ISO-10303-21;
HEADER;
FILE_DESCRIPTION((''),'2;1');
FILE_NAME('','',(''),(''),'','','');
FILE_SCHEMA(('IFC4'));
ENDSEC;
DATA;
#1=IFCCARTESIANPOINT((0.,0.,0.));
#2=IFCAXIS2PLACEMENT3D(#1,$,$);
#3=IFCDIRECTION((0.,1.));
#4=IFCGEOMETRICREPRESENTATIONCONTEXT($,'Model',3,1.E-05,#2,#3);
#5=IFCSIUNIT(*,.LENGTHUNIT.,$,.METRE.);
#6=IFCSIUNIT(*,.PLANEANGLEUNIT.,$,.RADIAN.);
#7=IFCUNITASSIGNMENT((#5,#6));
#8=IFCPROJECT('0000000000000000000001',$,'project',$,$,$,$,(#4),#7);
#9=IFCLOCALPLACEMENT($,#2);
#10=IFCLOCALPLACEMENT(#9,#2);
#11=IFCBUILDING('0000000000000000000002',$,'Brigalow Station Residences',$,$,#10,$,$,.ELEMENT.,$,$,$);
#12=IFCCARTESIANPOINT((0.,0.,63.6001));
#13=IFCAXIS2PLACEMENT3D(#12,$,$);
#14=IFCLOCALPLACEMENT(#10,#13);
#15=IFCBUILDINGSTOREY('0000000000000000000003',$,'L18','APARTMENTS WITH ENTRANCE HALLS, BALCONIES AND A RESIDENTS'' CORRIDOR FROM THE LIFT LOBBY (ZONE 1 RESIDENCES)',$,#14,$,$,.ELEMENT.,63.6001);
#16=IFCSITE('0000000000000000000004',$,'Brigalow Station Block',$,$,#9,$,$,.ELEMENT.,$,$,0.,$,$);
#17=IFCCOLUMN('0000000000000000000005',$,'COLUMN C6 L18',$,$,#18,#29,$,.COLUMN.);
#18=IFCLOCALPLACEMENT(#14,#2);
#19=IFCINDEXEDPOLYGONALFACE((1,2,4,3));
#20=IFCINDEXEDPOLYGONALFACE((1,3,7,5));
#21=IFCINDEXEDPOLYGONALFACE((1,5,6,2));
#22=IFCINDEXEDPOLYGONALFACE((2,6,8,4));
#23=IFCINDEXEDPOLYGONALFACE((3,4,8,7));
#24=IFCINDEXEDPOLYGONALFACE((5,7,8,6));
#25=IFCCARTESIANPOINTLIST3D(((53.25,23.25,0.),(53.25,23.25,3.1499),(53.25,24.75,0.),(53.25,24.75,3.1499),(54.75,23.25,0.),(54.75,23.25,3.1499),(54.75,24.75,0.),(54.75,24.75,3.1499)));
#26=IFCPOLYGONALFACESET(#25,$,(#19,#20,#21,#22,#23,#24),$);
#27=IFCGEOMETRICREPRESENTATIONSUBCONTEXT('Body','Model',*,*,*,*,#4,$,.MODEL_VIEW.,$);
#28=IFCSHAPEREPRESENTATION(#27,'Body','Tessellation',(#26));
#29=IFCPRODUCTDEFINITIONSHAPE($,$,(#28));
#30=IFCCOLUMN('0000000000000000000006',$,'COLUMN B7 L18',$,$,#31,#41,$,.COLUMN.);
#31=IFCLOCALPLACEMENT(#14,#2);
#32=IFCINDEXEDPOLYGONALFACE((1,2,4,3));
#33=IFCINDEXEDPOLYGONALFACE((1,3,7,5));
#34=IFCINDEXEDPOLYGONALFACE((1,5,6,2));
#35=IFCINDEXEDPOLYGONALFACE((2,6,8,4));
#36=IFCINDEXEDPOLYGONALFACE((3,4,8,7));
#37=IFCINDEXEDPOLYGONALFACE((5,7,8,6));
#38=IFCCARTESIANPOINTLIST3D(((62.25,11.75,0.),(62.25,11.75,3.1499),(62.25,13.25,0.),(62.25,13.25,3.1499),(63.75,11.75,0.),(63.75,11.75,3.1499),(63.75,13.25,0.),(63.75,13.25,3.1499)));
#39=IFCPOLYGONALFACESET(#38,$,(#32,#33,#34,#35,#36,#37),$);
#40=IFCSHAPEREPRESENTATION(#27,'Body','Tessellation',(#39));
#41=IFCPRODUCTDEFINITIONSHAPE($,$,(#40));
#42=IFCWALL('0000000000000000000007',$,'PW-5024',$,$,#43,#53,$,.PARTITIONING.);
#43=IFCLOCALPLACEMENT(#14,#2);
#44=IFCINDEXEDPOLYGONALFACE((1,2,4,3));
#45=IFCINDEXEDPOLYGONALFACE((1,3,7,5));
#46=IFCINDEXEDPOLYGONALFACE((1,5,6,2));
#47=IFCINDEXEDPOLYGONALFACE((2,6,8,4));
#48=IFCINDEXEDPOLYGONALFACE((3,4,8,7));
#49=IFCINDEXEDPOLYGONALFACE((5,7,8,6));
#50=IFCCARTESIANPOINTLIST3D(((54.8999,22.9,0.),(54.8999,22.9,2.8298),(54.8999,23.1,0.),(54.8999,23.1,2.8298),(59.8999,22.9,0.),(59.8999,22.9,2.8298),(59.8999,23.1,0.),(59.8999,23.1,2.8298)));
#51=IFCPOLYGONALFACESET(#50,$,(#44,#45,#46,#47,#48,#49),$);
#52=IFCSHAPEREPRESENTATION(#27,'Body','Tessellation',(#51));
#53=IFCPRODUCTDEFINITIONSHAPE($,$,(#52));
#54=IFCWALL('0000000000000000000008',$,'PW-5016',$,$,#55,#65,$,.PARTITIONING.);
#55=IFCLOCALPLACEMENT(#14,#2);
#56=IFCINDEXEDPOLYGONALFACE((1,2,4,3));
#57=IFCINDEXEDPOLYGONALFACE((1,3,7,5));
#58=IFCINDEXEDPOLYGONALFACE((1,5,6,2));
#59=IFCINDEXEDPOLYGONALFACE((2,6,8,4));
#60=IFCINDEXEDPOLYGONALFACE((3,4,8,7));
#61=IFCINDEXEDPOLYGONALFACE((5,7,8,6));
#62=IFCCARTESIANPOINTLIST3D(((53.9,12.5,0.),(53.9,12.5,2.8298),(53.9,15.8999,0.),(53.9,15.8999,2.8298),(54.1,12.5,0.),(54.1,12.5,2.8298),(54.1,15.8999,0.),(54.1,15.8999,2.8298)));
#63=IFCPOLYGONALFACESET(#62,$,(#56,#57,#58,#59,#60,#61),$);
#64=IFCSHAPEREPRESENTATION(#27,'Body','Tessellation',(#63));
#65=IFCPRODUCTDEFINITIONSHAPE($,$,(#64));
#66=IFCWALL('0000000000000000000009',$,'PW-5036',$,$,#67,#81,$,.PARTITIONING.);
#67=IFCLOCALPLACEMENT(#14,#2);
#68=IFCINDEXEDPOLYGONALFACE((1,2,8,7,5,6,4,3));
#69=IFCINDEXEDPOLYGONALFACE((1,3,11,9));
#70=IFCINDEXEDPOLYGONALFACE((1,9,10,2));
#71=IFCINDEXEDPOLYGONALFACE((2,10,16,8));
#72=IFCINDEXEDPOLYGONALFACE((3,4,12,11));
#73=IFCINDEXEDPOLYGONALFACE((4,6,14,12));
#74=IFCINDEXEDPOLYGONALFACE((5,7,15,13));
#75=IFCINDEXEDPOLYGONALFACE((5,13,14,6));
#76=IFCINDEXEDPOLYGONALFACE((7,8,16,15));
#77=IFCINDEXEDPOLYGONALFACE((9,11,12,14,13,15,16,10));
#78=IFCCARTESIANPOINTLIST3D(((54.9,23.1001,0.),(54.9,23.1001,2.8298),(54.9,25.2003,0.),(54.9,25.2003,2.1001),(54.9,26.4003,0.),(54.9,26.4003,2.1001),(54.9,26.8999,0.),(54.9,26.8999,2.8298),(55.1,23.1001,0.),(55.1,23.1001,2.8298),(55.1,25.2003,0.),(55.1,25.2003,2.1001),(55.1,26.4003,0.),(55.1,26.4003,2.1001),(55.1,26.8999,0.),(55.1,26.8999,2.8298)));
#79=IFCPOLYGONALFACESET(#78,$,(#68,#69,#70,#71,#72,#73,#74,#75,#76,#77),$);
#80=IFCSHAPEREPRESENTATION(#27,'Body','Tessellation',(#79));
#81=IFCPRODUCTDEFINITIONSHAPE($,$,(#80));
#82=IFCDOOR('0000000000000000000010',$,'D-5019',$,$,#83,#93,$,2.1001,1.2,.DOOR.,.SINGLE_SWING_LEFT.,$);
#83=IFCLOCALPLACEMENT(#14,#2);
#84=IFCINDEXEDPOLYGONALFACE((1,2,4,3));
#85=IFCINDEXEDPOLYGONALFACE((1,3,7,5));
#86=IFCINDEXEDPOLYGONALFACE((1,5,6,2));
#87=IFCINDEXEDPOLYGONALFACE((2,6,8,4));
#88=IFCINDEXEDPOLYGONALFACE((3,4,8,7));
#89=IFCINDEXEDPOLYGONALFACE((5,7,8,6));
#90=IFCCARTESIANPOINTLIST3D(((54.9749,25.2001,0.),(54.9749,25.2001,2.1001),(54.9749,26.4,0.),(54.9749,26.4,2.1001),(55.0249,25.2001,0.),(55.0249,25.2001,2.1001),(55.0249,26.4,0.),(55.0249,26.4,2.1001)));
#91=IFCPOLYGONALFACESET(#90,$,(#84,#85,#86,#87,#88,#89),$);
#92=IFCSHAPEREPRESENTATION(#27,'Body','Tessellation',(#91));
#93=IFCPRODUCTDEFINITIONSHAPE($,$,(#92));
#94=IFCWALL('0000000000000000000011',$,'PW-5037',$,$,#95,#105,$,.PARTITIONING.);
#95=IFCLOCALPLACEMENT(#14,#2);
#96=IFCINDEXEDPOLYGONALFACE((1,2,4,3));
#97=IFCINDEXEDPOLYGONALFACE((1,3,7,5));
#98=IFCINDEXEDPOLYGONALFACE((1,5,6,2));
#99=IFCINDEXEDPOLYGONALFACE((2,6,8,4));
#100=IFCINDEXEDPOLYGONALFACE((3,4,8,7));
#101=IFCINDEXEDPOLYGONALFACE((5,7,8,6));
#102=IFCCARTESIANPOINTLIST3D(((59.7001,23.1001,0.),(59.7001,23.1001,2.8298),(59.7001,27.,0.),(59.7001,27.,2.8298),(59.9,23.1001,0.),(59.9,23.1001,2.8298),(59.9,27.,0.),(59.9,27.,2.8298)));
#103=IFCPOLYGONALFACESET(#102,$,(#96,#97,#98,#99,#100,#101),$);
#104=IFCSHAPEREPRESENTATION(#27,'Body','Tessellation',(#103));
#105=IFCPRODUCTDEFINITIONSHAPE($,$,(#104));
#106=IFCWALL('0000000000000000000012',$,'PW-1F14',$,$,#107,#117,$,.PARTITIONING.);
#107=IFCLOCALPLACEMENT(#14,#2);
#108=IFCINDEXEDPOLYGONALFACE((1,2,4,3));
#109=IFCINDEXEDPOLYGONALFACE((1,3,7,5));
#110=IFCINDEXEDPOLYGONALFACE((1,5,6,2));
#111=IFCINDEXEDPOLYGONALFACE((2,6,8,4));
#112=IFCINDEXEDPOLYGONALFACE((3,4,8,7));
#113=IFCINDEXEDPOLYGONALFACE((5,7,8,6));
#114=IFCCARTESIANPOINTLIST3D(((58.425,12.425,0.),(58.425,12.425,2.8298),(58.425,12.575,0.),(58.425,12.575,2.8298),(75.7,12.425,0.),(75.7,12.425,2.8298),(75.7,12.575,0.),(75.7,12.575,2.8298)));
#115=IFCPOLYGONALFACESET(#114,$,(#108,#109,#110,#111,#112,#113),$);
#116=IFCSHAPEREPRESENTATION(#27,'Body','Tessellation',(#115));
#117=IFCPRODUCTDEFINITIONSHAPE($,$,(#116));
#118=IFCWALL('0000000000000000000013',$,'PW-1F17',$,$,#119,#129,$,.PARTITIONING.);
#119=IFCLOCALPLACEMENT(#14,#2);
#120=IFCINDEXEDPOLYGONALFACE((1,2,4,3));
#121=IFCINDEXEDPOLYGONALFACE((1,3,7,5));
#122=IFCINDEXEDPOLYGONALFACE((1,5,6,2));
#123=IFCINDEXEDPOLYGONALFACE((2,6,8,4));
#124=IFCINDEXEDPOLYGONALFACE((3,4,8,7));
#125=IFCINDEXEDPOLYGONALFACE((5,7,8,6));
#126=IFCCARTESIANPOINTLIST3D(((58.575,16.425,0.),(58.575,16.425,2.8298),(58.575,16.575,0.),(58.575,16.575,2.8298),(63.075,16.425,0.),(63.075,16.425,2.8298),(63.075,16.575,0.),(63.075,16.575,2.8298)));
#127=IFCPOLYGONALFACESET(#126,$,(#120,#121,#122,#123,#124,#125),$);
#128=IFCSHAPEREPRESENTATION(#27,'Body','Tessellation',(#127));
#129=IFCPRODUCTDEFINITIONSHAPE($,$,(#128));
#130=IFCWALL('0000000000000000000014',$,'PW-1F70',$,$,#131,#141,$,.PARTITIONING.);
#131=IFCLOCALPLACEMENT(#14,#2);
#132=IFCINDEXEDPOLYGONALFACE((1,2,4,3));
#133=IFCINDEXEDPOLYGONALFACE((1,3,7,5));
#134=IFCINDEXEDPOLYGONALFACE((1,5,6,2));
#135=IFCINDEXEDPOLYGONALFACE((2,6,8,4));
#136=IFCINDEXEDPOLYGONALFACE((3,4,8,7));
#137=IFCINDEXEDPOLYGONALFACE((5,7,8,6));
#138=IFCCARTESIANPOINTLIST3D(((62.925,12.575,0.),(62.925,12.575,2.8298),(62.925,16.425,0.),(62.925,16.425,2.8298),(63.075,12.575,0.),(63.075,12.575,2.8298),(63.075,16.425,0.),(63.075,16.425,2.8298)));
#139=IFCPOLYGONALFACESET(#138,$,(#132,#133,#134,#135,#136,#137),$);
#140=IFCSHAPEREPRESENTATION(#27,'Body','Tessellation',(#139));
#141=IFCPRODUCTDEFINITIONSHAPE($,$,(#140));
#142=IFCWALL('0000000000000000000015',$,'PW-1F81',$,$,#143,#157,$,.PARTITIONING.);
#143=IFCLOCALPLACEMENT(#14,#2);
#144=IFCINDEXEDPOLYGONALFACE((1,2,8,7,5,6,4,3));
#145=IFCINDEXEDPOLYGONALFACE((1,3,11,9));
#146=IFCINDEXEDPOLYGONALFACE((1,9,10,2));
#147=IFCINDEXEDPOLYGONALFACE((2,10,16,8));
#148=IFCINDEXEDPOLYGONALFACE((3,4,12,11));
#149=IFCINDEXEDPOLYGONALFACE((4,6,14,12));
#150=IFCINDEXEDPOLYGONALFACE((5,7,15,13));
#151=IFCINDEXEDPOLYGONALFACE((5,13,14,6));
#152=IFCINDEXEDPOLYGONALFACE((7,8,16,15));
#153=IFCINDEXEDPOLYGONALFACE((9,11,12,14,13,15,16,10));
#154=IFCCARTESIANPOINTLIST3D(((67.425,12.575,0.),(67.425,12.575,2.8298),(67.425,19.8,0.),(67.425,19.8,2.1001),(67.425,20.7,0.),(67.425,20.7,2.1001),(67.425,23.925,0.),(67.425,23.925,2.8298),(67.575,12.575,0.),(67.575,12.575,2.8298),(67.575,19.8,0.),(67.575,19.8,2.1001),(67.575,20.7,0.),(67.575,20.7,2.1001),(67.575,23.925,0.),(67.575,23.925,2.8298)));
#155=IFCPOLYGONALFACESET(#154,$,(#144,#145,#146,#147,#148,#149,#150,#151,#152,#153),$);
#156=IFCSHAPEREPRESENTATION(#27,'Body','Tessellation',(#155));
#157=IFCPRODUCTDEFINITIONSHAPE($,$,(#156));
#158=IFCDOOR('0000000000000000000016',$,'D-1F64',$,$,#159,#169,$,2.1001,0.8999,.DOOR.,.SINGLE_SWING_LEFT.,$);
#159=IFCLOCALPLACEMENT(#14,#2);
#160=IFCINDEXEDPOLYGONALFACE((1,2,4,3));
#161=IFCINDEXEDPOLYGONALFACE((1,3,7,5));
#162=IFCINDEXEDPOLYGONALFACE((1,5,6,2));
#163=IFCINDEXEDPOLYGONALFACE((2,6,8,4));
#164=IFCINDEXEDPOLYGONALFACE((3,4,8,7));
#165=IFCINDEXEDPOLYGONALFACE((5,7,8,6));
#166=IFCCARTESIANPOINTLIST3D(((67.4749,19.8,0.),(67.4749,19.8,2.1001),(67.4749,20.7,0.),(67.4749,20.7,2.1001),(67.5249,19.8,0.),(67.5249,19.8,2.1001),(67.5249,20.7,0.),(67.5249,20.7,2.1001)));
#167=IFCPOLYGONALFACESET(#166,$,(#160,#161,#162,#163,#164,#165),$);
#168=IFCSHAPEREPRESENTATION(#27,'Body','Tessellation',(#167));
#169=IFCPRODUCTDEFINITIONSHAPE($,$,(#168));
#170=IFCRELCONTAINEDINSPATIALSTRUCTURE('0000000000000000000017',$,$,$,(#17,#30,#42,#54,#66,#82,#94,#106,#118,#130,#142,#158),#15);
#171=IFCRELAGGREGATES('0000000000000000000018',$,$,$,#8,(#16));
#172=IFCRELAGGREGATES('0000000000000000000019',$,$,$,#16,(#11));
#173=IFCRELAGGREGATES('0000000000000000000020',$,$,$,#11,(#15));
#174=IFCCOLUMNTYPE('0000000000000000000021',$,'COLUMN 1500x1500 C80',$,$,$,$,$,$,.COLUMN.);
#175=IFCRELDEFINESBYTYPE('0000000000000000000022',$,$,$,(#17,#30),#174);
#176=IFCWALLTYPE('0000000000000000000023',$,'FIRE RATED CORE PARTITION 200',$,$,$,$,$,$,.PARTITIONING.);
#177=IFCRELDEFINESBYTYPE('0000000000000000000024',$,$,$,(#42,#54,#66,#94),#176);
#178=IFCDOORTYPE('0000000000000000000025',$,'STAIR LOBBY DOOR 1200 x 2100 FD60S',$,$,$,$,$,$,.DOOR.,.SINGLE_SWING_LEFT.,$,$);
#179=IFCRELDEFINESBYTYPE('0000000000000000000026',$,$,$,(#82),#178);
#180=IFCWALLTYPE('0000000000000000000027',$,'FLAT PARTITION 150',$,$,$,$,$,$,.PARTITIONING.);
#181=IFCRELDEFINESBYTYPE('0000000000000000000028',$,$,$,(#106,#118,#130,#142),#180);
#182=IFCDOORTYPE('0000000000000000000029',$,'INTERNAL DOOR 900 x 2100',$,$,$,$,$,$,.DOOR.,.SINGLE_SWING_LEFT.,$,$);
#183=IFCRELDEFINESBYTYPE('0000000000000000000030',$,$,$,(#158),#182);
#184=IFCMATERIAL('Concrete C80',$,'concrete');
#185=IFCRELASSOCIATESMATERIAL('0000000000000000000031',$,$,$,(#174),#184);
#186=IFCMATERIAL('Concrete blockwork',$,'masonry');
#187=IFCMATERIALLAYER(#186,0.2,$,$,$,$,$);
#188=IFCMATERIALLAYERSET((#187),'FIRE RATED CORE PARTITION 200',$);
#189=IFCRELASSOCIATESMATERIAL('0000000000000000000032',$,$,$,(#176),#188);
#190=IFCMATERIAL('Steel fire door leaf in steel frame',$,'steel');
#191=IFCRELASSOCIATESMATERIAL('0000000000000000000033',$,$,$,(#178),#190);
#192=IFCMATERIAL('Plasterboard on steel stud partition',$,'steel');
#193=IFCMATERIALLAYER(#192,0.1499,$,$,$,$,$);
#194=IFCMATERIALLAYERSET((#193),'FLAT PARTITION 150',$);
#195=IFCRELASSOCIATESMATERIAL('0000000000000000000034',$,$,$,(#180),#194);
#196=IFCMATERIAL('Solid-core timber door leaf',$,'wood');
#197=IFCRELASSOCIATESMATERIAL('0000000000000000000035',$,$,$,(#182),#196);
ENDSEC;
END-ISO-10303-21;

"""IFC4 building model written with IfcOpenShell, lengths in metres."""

from ifc_helpers import new_model, si_unit, direction, frame, frame_2d, origin, origin_2d, place, context, subcontext, project, spatial, rectangle, extrude, material, layer, layer_set, material_profile, profile_set, type_object, element, fill, save


model = new_model("IFC4")

# Units and contexts
model_context = context("Model", 3, precision=1e-05, world=origin(), true_north=direction((0.0, 1.0)))
body_context = subcontext(model_context, "Body", "Model", "MODEL_VIEW")
ifc_project = project(units=[si_unit("LENGTHUNIT", "METRE"), si_unit("PLANEANGLEUNIT", "RADIAN")], contexts=[model_context])

# Site, building, storey
site_placement = place(None, origin())
site = spatial("IfcSite", under=ifc_project, at=site_placement, Name="Brigalow Station Block", CompositionType="ELEMENT", RefElevation=0.0)
building_placement = place(site_placement, origin())
building = spatial("IfcBuilding", under=site, at=building_placement, Name="Brigalow Station Residences", CompositionType="ELEMENT")
storey_placement = place(building_placement, frame((0.0, 0.0, 63.6001)))
storey = spatial("IfcBuildingStorey", under=building, at=storey_placement, Name="L18", Description="APARTMENTS WITH ENTRANCE HALLS, BALCONIES AND A RESIDENTS' CORRIDOR FROM THE LIFT LOBBY (ZONE 1 RESIDENCES)", CompositionType="ELEMENT", Elevation=63.6001)

# Columns
ifc_material_1 = material(Name="Concrete C80", Category="concrete")
ifc_material_profile = material_profile(ifc_material_1, rectangle(XDim=1.5, YDim=1.5, at=origin_2d()), Name="RC1500x1500")
ifc_profile_set = profile_set([ifc_material_profile], Name="Concrete C80")
column_type = type_object("IfcColumnType", Name="COLUMN 1500x1500 C80", PredefinedType="COLUMN", material=ifc_profile_set)
for number, where, z_axis, x_axis, name in (
    (1, (54.0, 24.0, 0.0), (0.0, 0.0, 1.0), (1.0, 0.0, 0.0), "COLUMN C6 L18"),
    (2, (63.0, 12.5, 0.0), (0.0, 0.0, 1.0), (1.0, 0.0, 0.0), "COLUMN B7 L18"),
):
    element("IfcColumn", number, at=place(storey_placement, frame(where, z_axis=z_axis, x_axis=x_axis)), inside=storey, type_object=column_type, Name=name, PredefinedType="COLUMN", context=body_context, shape_type="SweptSolid", body=[
        extrude(rectangle(XDim=1.5, YDim=1.5, at=origin_2d()), origin(), (0.0, 0.0, 1.0), 3.1499),
    ])

# Walls
ifc_material_2 = material(Name="Concrete blockwork", Category="masonry")
ifc_layer_1 = layer(ifc_material_2, 0.2)
ifc_layer_set_1 = layer_set([ifc_layer_1], Name="FIRE RATED CORE PARTITION 200")
wall_type_1 = type_object("IfcWallType", Name="FIRE RATED CORE PARTITION 200", PredefinedType="PARTITIONING", material=ifc_layer_set_1)
wall_1_placement = place(storey_placement, frame((54.8999, 23.0, 0.0), z_axis=(0.0, 0.0, 1.0), x_axis=(1.0, 0.0, 0.0)))
element("IfcWall", 3, at=wall_1_placement, inside=storey, type_object=wall_type_1, Name="PW-5024", PredefinedType="PARTITIONING", context=body_context, shape_type="SweptSolid", body=[
    extrude(rectangle(XDim=5.0, YDim=0.2, at=frame_2d((2.5, 0.0))), origin(), (0.0, 0.0, 1.0), 2.8298),
])
wall_2_placement = place(storey_placement, frame((54.0, 12.5, 0.0), z_axis=(0.0, 0.0, 1.0), x_axis=(0.0, 1.0, 0.0)))
element("IfcWall", 4, at=wall_2_placement, inside=storey, type_object=wall_type_1, Name="PW-5016", PredefinedType="PARTITIONING", context=body_context, shape_type="SweptSolid", body=[
    extrude(rectangle(XDim=3.3999, YDim=0.2, at=frame_2d((1.7, 0.0))), origin(), (0.0, 0.0, 1.0), 2.8298),
])

# Wall, opening, door
wall_3_placement = place(storey_placement, frame((55.0, 23.1001, 0.0), z_axis=(0.0, 0.0, 1.0), x_axis=(0.0, 1.0, 0.0)))
wall_3 = element("IfcWall", 5, at=wall_3_placement, inside=storey, type_object=wall_type_1, Name="PW-5036", PredefinedType="PARTITIONING", context=body_context, shape_type="SweptSolid", body=[
    extrude(rectangle(XDim=3.7998, YDim=0.2, at=frame_2d((1.8999, 0.0))), origin(), (0.0, 0.0, 1.0), 2.8298),
])
opening_1_placement = place(wall_3_placement, frame((2.1001, 0.0, 0.0)))
opening_1 = element("IfcOpeningElement", 6, at=opening_1_placement, cuts=wall_3, PredefinedType="OPENING", context=body_context, shape_type="SweptSolid", body=[
    extrude(rectangle(XDim=1.2, YDim=2.1001, at=frame_2d((0.6001, 1.05))), frame((0.0, 0.1099, 0.0), z_axis=(0.0, -1.0, 0.0), x_axis=(1.0, 0.0, 0.0)), (0.0, 0.0, 1.0), 0.22),
])
ifc_material_3 = material(Name="Steel fire door leaf in steel frame", Category="steel")
door_type_1 = type_object("IfcDoorType", Name="STAIR LOBBY DOOR 1200 x 2100 FD60S", OperationType="SINGLE_SWING_LEFT", PredefinedType="DOOR", material=ifc_material_3)
door_1_placement = place(opening_1_placement, frame((1.2, 0.0, 0.0), z_axis=(0.0, 0.0, 1.0), x_axis=(-1.0, 0.0, 0.0)))
door_1 = element("IfcDoor", 7, at=door_1_placement, inside=storey, type_object=door_type_1, Name="D-5019", OperationType="SINGLE_SWING_LEFT", OverallHeight=2.1001, OverallWidth=1.2, PredefinedType="DOOR", context=body_context, shape_type="SweptSolid", body=[
    extrude(rectangle(XDim=1.2, YDim=2.1001, at=frame_2d((0.6001, 1.05))), frame((0.0, 0.0249, 0.0), z_axis=(0.0, -1.0, 0.0), x_axis=(1.0, 0.0, 0.0)), (0.0, 0.0, 1.0), 0.05),
])
fill(opening_1, door_1)

# Walls
wall_4_placement = place(storey_placement, frame((59.8, 23.1001, 0.0), z_axis=(0.0, 0.0, 1.0), x_axis=(0.0, 1.0, 0.0)))
element("IfcWall", 8, at=wall_4_placement, inside=storey, type_object=wall_type_1, Name="PW-5037", PredefinedType="PARTITIONING", context=body_context, shape_type="SweptSolid", body=[
    extrude(rectangle(XDim=3.8999, YDim=0.2, at=frame_2d((1.95, 0.0))), origin(), (0.0, 0.0, 1.0), 2.8298),
])
ifc_material_4 = material(Name="Plasterboard on steel stud partition", Category="steel")
ifc_layer_2 = layer(ifc_material_4, 0.1499)
ifc_layer_set_2 = layer_set([ifc_layer_2], Name="FLAT PARTITION 150")
wall_type_2 = type_object("IfcWallType", Name="FLAT PARTITION 150", PredefinedType="PARTITIONING", material=ifc_layer_set_2)
wall_5_placement = place(storey_placement, frame((58.425, 12.5, 0.0), z_axis=(0.0, 0.0, 1.0), x_axis=(1.0, 0.0, 0.0)))
element("IfcWall", 9, at=wall_5_placement, inside=storey, type_object=wall_type_2, Name="PW-1F14", PredefinedType="PARTITIONING", context=body_context, shape_type="SweptSolid", body=[
    extrude(rectangle(XDim=17.2749, YDim=0.1499, at=frame_2d((8.6375, 0.0))), origin(), (0.0, 0.0, 1.0), 2.8298),
])
wall_6_placement = place(storey_placement, frame((58.575, 16.5, 0.0), z_axis=(0.0, 0.0, 1.0), x_axis=(1.0, 0.0, 0.0)))
element("IfcWall", 10, at=wall_6_placement, inside=storey, type_object=wall_type_2, Name="PW-1F17", PredefinedType="PARTITIONING", context=body_context, shape_type="SweptSolid", body=[
    extrude(rectangle(XDim=4.5, YDim=0.1499, at=frame_2d((2.25, 0.0))), origin(), (0.0, 0.0, 1.0), 2.8298),
])
wall_7_placement = place(storey_placement, frame((63.0, 12.575, 0.0), z_axis=(0.0, 0.0, 1.0), x_axis=(0.0, 1.0, 0.0)))
element("IfcWall", 11, at=wall_7_placement, inside=storey, type_object=wall_type_2, Name="PW-1F70", PredefinedType="PARTITIONING", context=body_context, shape_type="SweptSolid", body=[
    extrude(rectangle(XDim=3.8501, YDim=0.1499, at=frame_2d((1.925, 0.0))), origin(), (0.0, 0.0, 1.0), 2.8298),
])

# Wall, opening, door
wall_8_placement = place(storey_placement, frame((67.5, 12.575, 0.0), z_axis=(0.0, 0.0, 1.0), x_axis=(0.0, 1.0, 0.0)))
wall_8 = element("IfcWall", 12, at=wall_8_placement, inside=storey, type_object=wall_type_2, Name="PW-1F81", PredefinedType="PARTITIONING", context=body_context, shape_type="SweptSolid", body=[
    extrude(rectangle(XDim=11.3501, YDim=0.1499, at=frame_2d((5.675, 0.0))), origin(), (0.0, 0.0, 1.0), 2.8298),
])
opening_2_placement = place(wall_8_placement, frame((7.2251, 0.0, 0.0)))
opening_2 = element("IfcOpeningElement", 13, at=opening_2_placement, cuts=wall_8, PredefinedType="OPENING", context=body_context, shape_type="SweptSolid", body=[
    extrude(rectangle(XDim=0.8999, YDim=2.1001, at=frame_2d((0.45, 1.05))), frame((0.0, 0.085, 0.0), z_axis=(0.0, -1.0, 0.0), x_axis=(1.0, 0.0, 0.0)), (0.0, 0.0, 1.0), 0.1699),
])
ifc_material_5 = material(Name="Solid-core timber door leaf", Category="wood")
door_type_2 = type_object("IfcDoorType", Name="INTERNAL DOOR 900 x 2100", OperationType="SINGLE_SWING_LEFT", PredefinedType="DOOR", material=ifc_material_5)
door_2_placement = place(opening_2_placement, frame((0.8999, 0.0, 0.0), z_axis=(0.0, 0.0, 1.0), x_axis=(-1.0, 0.0, 0.0)))
door_2 = element("IfcDoor", 14, at=door_2_placement, inside=storey, type_object=door_type_2, Name="D-1F64", OperationType="SINGLE_SWING_LEFT", OverallHeight=2.1001, OverallWidth=0.8999, PredefinedType="DOOR", context=body_context, shape_type="SweptSolid", body=[
    extrude(rectangle(XDim=0.8999, YDim=2.1001, at=frame_2d((0.45, 1.05))), frame((0.0, 0.0249, 0.0), z_axis=(0.0, -1.0, 0.0), x_axis=(1.0, 0.0, 0.0)), (0.0, 0.0, 1.0), 0.05),
])
fill(opening_2, door_2)

save(model, "model.ifc")
